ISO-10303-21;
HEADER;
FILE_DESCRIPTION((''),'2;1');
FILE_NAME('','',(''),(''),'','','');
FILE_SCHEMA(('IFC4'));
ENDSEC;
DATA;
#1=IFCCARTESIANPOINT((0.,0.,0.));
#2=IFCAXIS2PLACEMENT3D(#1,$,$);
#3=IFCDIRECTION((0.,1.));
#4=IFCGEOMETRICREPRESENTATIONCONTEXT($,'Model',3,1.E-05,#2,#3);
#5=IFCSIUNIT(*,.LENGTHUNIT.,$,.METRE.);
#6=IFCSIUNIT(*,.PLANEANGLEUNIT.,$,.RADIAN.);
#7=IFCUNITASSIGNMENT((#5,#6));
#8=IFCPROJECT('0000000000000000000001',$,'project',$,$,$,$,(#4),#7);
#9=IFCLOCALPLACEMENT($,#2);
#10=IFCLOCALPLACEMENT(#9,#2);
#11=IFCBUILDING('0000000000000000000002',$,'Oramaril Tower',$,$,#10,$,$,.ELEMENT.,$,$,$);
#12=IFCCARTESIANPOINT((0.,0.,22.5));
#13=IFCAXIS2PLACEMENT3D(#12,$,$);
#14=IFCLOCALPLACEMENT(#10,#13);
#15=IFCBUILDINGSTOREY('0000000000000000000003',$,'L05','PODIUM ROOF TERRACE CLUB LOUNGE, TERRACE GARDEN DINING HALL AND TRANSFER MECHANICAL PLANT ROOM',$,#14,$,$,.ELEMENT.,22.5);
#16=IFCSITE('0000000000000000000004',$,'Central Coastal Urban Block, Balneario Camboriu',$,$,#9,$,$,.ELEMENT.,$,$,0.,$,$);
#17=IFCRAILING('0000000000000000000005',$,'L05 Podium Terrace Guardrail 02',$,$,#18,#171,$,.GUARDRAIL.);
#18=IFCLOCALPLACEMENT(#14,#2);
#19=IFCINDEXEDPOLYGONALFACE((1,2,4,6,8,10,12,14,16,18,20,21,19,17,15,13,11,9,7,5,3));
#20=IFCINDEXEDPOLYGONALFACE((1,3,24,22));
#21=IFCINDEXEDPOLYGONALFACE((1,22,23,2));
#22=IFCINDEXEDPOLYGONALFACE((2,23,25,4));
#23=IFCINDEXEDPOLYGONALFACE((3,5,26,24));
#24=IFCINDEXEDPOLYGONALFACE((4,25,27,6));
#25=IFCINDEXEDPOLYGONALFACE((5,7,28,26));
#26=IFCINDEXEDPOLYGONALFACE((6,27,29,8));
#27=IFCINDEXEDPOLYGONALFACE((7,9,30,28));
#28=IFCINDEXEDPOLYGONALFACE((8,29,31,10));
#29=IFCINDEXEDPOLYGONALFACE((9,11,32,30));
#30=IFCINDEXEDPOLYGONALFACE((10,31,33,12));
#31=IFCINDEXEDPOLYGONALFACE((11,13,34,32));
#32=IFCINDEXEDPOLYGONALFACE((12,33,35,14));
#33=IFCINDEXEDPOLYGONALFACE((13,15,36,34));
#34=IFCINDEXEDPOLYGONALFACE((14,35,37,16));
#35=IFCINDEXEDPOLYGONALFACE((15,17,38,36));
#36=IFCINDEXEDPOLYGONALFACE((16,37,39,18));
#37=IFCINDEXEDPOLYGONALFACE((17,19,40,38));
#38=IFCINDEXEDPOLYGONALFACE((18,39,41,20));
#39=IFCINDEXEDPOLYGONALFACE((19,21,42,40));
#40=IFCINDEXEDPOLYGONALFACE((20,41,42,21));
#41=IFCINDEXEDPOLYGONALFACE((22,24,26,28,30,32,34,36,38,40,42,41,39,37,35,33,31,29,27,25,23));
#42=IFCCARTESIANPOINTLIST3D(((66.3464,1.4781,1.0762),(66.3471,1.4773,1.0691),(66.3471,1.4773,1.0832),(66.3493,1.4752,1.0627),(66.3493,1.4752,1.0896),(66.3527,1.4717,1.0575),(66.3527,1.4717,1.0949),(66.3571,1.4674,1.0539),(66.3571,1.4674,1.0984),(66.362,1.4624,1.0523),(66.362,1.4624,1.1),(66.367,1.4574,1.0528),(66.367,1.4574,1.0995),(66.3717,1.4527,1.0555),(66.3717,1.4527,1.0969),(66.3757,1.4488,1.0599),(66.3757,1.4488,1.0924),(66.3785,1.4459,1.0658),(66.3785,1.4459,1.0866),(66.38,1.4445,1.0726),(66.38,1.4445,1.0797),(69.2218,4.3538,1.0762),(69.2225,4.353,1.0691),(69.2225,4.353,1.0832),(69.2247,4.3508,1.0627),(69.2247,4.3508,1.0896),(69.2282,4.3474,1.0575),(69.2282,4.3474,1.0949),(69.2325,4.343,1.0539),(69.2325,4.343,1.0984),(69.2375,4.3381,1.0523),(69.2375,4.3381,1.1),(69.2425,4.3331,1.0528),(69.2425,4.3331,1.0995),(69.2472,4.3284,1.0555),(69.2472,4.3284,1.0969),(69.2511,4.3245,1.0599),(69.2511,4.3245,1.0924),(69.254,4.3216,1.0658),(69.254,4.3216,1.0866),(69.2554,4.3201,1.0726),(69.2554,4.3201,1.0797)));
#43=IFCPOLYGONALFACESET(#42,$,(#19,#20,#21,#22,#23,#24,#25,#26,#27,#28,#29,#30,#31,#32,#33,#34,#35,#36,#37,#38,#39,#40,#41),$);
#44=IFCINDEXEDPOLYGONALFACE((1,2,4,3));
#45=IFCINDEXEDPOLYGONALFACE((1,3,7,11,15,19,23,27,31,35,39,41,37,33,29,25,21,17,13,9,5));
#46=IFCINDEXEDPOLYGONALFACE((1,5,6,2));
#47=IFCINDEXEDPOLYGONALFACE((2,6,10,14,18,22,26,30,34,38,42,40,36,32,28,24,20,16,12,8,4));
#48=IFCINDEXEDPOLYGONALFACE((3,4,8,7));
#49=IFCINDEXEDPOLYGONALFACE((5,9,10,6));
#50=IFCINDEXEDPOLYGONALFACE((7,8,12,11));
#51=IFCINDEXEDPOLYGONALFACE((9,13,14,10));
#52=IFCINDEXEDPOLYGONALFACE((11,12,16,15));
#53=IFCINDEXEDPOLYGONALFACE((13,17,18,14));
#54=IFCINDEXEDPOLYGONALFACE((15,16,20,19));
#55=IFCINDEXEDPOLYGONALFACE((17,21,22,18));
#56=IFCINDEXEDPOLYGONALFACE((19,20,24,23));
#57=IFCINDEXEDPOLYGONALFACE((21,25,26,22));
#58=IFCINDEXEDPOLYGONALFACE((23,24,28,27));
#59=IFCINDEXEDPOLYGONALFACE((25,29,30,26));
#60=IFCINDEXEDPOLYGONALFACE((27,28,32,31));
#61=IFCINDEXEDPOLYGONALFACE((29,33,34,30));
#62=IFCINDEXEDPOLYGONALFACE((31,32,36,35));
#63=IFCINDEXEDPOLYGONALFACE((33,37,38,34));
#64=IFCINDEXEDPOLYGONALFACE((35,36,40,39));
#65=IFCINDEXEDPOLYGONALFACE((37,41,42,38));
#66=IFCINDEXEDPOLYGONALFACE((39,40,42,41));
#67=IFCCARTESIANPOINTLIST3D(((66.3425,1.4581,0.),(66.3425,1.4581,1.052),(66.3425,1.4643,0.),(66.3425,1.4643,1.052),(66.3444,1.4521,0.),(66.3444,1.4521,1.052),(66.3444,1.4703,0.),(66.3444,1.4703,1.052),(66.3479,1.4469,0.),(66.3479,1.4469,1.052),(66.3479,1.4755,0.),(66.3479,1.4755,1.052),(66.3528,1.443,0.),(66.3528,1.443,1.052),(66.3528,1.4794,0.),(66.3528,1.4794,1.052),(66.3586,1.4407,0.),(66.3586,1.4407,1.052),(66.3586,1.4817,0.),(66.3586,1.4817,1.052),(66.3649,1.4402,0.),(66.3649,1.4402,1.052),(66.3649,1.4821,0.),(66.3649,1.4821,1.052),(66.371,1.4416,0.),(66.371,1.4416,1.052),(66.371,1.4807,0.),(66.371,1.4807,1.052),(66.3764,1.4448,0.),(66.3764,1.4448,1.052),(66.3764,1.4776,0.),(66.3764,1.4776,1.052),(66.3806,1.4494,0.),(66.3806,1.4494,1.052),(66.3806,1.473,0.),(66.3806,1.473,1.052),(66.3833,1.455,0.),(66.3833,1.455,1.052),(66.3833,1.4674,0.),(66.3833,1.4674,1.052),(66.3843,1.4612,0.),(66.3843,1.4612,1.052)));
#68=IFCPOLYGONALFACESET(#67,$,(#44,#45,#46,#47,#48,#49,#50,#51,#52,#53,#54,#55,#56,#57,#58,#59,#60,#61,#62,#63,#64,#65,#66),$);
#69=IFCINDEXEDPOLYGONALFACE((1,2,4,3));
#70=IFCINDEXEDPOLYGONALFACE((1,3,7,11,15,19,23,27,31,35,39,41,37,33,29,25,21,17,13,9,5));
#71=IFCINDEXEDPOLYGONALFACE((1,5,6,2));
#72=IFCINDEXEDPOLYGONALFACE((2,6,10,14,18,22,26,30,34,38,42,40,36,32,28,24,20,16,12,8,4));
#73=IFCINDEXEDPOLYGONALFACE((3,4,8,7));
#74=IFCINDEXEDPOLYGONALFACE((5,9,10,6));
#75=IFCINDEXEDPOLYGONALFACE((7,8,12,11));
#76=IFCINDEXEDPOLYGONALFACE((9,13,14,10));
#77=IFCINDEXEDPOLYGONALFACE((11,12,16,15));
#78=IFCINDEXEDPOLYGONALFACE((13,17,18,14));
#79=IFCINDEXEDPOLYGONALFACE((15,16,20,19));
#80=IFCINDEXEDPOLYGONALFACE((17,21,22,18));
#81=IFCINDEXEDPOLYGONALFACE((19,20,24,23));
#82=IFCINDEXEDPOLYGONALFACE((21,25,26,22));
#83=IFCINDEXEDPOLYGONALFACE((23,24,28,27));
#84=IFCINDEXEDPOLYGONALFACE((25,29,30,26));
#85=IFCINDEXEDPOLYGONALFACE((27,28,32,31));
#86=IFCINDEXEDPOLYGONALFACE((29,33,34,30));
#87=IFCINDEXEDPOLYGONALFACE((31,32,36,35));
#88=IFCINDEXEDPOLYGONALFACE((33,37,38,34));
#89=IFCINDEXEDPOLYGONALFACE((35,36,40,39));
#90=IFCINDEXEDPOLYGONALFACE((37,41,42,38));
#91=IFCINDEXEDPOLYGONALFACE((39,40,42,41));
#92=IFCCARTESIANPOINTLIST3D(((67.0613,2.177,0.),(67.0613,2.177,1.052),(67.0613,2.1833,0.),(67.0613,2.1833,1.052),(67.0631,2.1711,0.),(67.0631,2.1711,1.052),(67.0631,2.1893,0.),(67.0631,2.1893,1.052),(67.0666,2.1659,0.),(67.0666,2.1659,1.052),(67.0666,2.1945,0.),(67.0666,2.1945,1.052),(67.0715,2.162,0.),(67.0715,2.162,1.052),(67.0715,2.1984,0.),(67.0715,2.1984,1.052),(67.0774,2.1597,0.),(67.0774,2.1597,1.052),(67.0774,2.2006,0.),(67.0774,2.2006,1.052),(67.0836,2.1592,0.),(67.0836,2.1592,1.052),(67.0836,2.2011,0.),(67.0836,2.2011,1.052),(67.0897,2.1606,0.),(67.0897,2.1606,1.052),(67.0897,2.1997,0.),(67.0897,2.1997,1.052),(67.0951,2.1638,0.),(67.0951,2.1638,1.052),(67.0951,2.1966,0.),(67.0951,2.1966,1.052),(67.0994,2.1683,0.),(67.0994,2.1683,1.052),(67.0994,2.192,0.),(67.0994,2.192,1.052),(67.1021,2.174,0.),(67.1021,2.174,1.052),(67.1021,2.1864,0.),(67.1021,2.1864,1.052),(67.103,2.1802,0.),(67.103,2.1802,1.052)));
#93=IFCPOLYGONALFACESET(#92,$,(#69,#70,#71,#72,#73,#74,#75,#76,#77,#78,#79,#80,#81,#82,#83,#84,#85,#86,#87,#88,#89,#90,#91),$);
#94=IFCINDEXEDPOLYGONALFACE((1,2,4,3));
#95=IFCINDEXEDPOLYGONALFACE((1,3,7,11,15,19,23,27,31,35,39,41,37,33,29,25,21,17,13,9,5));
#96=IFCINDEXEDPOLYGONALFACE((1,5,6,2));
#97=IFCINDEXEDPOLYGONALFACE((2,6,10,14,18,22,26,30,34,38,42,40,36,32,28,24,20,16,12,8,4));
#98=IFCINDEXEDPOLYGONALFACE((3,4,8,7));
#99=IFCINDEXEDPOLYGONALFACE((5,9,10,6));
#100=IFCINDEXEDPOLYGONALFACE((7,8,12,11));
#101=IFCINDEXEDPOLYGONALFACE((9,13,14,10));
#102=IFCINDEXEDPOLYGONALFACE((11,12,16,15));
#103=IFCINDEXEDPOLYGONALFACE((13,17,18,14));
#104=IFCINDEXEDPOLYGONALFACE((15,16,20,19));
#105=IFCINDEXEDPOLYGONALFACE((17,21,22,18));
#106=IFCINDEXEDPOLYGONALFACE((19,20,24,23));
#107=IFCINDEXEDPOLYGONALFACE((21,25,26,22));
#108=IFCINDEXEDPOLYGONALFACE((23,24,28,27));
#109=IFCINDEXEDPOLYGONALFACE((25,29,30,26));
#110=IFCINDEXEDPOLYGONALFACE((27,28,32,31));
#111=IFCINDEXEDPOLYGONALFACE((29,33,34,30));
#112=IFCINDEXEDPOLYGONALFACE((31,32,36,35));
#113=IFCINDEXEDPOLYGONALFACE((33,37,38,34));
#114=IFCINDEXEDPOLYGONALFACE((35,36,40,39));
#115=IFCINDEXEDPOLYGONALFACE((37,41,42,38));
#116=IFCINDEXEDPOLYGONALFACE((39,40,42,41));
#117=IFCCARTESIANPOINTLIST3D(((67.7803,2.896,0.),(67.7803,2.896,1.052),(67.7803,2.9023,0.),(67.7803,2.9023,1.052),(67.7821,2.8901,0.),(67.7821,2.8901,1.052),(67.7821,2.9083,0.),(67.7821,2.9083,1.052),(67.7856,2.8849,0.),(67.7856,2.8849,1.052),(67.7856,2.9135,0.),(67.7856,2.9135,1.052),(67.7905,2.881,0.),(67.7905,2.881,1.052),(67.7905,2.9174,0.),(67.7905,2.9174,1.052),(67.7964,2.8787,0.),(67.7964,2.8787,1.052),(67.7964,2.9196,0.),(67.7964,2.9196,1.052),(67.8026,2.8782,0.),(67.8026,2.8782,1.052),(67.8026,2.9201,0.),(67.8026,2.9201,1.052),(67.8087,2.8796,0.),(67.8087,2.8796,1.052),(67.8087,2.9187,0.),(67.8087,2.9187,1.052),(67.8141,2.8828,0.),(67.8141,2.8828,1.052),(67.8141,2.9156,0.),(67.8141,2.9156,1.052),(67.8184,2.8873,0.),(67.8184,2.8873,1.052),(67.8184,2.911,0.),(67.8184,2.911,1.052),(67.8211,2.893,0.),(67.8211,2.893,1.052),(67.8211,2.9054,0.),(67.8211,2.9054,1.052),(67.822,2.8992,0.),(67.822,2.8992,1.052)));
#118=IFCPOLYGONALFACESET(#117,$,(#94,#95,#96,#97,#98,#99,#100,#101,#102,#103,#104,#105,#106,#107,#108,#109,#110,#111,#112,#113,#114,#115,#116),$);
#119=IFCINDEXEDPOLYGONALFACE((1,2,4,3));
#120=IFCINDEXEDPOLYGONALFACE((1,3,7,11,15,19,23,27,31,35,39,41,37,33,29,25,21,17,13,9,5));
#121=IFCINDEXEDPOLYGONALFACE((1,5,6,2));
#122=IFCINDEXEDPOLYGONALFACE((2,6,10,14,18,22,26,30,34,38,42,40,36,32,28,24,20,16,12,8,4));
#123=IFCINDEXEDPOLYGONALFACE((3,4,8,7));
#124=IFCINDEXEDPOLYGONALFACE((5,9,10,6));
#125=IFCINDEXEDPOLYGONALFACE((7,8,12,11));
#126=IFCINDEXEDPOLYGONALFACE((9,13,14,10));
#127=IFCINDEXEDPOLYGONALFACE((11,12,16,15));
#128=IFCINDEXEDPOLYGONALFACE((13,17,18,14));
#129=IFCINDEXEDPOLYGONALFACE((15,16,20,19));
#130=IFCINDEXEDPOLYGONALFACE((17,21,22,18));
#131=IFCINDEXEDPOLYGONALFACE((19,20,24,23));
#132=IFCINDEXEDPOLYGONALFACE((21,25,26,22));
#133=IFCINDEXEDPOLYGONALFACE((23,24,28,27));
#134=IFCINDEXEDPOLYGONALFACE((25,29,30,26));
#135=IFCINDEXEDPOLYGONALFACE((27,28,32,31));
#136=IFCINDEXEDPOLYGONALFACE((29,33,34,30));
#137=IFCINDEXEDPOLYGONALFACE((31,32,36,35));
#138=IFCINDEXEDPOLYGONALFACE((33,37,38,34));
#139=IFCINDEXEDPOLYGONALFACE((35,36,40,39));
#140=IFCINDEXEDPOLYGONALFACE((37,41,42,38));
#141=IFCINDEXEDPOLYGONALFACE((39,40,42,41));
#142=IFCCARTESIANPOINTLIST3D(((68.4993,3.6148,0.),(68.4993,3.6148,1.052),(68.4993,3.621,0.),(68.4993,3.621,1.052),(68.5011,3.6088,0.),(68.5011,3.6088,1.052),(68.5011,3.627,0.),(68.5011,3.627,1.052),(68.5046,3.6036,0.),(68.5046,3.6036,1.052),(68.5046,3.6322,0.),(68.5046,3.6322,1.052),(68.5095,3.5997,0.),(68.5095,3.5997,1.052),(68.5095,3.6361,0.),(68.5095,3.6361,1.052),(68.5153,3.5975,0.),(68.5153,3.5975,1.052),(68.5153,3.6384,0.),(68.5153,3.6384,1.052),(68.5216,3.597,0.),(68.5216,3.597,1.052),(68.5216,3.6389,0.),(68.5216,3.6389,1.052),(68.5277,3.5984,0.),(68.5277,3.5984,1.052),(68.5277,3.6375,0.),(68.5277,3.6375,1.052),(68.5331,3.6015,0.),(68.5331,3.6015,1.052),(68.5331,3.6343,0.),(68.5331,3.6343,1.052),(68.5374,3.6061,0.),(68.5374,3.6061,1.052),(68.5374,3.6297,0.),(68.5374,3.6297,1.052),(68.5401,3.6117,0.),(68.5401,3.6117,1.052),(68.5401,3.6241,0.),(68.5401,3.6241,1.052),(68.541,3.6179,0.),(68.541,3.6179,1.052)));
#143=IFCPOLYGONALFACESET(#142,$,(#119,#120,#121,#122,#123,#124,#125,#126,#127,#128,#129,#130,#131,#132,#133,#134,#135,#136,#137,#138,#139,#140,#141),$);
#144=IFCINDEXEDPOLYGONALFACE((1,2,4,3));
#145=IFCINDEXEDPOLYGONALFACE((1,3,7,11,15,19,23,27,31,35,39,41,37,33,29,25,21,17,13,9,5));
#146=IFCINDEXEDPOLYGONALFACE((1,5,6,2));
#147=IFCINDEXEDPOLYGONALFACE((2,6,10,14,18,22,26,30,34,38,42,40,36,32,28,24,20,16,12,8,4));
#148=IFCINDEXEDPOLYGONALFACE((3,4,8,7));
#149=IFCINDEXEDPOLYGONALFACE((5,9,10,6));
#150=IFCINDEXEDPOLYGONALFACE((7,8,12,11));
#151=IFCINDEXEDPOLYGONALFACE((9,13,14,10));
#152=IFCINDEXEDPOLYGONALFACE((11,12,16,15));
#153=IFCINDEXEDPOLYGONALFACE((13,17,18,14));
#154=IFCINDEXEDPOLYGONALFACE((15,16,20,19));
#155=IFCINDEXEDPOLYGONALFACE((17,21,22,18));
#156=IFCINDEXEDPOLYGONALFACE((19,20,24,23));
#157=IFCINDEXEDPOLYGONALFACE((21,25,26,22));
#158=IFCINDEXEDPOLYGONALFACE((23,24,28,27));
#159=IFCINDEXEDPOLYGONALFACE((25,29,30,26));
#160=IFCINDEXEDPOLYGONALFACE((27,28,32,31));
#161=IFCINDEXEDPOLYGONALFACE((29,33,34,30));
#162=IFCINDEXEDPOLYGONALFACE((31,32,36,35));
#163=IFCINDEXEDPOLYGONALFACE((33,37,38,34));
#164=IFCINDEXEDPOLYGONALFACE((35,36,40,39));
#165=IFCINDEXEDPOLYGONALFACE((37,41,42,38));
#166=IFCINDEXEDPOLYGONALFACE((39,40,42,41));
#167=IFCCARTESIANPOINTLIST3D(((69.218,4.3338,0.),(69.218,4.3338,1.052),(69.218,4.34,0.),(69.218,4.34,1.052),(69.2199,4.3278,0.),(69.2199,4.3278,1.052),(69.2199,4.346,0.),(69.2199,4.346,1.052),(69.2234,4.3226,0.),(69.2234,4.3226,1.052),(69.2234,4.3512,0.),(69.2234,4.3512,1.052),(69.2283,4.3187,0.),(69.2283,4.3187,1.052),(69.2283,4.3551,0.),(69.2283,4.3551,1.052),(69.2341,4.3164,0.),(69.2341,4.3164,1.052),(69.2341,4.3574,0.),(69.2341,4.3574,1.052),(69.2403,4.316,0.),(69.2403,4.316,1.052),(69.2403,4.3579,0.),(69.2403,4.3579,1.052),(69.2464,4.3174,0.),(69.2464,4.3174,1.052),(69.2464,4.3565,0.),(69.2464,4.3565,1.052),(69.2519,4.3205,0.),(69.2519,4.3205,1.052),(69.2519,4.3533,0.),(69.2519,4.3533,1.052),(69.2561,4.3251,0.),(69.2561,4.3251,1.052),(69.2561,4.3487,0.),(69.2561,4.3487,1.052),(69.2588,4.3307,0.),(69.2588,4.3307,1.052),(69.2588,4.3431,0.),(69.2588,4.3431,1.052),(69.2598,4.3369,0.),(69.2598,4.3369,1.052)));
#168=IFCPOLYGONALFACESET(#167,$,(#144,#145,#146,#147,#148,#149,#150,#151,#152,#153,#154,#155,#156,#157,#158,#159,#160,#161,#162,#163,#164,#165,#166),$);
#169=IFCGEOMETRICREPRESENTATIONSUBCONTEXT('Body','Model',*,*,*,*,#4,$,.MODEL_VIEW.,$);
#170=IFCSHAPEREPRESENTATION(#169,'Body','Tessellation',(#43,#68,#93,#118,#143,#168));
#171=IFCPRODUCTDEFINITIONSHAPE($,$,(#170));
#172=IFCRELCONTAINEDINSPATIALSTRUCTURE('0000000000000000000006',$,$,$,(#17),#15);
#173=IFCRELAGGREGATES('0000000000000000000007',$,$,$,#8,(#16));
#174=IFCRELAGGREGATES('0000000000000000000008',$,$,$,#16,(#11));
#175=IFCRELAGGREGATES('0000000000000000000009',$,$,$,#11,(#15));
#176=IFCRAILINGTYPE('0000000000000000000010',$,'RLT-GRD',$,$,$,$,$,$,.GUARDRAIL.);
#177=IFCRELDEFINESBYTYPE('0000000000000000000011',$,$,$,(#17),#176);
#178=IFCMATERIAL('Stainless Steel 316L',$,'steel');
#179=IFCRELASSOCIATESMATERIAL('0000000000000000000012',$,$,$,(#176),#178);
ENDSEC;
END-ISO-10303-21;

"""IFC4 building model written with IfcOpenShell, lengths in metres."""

from ifc_helpers import new_model, si_unit, direction, frame, origin, origin_2d, place, context, subcontext, project, spatial, circle, extrude, material, type_object, element, save


model = new_model("IFC4")

# Units and contexts
model_context = context("Model", 3, precision=1e-05, world=origin(), true_north=direction((0.0, 1.0)))
body_context = subcontext(model_context, "Body", "Model", "MODEL_VIEW")
ifc_project = project(units=[si_unit("LENGTHUNIT", "METRE"), si_unit("PLANEANGLEUNIT", "RADIAN")], contexts=[model_context])

# Site, building, storey
site_placement = place(None, origin())
site = spatial("IfcSite", under=ifc_project, at=site_placement, Name="Central Coastal Urban Block, Balneario Camboriu", CompositionType="ELEMENT", RefElevation=0.0)
building_placement = place(site_placement, origin())
building = spatial("IfcBuilding", under=site, at=building_placement, Name="Oramaril Tower", CompositionType="ELEMENT")
storey_placement = place(building_placement, frame((0.0, 0.0, 22.5)))
storey = spatial("IfcBuildingStorey", under=building, at=storey_placement, Name="L05", Description="PODIUM ROOF TERRACE CLUB LOUNGE, TERRACE GARDEN DINING HALL AND TRANSFER MECHANICAL PLANT ROOM", CompositionType="ELEMENT", Elevation=22.5)

# Railing
ifc_material_1 = material(Name="Stainless Steel 316L", Category="steel")
railing_type = type_object("IfcRailingType", Name="RLT-GRD", PredefinedType="GUARDRAIL", material=ifc_material_1)
railing_1_placement = place(storey_placement, frame((66.3633, 1.4612, 0.0)))
element("IfcRailing", 1, at=railing_1_placement, inside=storey, type_object=railing_type, Name="L05 Podium Terrace Guardrail 02", PredefinedType="GUARDRAIL", context=body_context, shape_type="SweptSolid", body=[
    extrude(circle(Radius=0.0239, at=origin_2d()), frame((0.0, 0.0, 1.0762), z_axis=(0.707077, 0.707137, 0.0), x_axis=(-0.707137, 0.707077, 0.0)), (0.0, 0.0, 1.0), 4.0667),
    extrude(circle(Radius=0.021, at=origin_2d()), origin(), (0.0, 0.0, 1.0), 1.052),
    extrude(circle(Radius=0.021, at=origin_2d()), frame((0.7188, 0.719, 0.0)), (0.0, 0.0, 1.0), 1.052),
    extrude(circle(Radius=0.021, at=origin_2d()), frame((1.4377, 1.438, 0.0)), (0.0, 0.0, 1.0), 1.052),
    extrude(circle(Radius=0.021, at=origin_2d()), frame((2.1567, 2.1567, 0.0)), (0.0, 0.0, 1.0), 1.052),
    extrude(circle(Radius=0.021, at=origin_2d()), frame((2.8755, 2.8757, 0.0)), (0.0, 0.0, 1.0), 1.052),
])

save(model, "model.ifc")
